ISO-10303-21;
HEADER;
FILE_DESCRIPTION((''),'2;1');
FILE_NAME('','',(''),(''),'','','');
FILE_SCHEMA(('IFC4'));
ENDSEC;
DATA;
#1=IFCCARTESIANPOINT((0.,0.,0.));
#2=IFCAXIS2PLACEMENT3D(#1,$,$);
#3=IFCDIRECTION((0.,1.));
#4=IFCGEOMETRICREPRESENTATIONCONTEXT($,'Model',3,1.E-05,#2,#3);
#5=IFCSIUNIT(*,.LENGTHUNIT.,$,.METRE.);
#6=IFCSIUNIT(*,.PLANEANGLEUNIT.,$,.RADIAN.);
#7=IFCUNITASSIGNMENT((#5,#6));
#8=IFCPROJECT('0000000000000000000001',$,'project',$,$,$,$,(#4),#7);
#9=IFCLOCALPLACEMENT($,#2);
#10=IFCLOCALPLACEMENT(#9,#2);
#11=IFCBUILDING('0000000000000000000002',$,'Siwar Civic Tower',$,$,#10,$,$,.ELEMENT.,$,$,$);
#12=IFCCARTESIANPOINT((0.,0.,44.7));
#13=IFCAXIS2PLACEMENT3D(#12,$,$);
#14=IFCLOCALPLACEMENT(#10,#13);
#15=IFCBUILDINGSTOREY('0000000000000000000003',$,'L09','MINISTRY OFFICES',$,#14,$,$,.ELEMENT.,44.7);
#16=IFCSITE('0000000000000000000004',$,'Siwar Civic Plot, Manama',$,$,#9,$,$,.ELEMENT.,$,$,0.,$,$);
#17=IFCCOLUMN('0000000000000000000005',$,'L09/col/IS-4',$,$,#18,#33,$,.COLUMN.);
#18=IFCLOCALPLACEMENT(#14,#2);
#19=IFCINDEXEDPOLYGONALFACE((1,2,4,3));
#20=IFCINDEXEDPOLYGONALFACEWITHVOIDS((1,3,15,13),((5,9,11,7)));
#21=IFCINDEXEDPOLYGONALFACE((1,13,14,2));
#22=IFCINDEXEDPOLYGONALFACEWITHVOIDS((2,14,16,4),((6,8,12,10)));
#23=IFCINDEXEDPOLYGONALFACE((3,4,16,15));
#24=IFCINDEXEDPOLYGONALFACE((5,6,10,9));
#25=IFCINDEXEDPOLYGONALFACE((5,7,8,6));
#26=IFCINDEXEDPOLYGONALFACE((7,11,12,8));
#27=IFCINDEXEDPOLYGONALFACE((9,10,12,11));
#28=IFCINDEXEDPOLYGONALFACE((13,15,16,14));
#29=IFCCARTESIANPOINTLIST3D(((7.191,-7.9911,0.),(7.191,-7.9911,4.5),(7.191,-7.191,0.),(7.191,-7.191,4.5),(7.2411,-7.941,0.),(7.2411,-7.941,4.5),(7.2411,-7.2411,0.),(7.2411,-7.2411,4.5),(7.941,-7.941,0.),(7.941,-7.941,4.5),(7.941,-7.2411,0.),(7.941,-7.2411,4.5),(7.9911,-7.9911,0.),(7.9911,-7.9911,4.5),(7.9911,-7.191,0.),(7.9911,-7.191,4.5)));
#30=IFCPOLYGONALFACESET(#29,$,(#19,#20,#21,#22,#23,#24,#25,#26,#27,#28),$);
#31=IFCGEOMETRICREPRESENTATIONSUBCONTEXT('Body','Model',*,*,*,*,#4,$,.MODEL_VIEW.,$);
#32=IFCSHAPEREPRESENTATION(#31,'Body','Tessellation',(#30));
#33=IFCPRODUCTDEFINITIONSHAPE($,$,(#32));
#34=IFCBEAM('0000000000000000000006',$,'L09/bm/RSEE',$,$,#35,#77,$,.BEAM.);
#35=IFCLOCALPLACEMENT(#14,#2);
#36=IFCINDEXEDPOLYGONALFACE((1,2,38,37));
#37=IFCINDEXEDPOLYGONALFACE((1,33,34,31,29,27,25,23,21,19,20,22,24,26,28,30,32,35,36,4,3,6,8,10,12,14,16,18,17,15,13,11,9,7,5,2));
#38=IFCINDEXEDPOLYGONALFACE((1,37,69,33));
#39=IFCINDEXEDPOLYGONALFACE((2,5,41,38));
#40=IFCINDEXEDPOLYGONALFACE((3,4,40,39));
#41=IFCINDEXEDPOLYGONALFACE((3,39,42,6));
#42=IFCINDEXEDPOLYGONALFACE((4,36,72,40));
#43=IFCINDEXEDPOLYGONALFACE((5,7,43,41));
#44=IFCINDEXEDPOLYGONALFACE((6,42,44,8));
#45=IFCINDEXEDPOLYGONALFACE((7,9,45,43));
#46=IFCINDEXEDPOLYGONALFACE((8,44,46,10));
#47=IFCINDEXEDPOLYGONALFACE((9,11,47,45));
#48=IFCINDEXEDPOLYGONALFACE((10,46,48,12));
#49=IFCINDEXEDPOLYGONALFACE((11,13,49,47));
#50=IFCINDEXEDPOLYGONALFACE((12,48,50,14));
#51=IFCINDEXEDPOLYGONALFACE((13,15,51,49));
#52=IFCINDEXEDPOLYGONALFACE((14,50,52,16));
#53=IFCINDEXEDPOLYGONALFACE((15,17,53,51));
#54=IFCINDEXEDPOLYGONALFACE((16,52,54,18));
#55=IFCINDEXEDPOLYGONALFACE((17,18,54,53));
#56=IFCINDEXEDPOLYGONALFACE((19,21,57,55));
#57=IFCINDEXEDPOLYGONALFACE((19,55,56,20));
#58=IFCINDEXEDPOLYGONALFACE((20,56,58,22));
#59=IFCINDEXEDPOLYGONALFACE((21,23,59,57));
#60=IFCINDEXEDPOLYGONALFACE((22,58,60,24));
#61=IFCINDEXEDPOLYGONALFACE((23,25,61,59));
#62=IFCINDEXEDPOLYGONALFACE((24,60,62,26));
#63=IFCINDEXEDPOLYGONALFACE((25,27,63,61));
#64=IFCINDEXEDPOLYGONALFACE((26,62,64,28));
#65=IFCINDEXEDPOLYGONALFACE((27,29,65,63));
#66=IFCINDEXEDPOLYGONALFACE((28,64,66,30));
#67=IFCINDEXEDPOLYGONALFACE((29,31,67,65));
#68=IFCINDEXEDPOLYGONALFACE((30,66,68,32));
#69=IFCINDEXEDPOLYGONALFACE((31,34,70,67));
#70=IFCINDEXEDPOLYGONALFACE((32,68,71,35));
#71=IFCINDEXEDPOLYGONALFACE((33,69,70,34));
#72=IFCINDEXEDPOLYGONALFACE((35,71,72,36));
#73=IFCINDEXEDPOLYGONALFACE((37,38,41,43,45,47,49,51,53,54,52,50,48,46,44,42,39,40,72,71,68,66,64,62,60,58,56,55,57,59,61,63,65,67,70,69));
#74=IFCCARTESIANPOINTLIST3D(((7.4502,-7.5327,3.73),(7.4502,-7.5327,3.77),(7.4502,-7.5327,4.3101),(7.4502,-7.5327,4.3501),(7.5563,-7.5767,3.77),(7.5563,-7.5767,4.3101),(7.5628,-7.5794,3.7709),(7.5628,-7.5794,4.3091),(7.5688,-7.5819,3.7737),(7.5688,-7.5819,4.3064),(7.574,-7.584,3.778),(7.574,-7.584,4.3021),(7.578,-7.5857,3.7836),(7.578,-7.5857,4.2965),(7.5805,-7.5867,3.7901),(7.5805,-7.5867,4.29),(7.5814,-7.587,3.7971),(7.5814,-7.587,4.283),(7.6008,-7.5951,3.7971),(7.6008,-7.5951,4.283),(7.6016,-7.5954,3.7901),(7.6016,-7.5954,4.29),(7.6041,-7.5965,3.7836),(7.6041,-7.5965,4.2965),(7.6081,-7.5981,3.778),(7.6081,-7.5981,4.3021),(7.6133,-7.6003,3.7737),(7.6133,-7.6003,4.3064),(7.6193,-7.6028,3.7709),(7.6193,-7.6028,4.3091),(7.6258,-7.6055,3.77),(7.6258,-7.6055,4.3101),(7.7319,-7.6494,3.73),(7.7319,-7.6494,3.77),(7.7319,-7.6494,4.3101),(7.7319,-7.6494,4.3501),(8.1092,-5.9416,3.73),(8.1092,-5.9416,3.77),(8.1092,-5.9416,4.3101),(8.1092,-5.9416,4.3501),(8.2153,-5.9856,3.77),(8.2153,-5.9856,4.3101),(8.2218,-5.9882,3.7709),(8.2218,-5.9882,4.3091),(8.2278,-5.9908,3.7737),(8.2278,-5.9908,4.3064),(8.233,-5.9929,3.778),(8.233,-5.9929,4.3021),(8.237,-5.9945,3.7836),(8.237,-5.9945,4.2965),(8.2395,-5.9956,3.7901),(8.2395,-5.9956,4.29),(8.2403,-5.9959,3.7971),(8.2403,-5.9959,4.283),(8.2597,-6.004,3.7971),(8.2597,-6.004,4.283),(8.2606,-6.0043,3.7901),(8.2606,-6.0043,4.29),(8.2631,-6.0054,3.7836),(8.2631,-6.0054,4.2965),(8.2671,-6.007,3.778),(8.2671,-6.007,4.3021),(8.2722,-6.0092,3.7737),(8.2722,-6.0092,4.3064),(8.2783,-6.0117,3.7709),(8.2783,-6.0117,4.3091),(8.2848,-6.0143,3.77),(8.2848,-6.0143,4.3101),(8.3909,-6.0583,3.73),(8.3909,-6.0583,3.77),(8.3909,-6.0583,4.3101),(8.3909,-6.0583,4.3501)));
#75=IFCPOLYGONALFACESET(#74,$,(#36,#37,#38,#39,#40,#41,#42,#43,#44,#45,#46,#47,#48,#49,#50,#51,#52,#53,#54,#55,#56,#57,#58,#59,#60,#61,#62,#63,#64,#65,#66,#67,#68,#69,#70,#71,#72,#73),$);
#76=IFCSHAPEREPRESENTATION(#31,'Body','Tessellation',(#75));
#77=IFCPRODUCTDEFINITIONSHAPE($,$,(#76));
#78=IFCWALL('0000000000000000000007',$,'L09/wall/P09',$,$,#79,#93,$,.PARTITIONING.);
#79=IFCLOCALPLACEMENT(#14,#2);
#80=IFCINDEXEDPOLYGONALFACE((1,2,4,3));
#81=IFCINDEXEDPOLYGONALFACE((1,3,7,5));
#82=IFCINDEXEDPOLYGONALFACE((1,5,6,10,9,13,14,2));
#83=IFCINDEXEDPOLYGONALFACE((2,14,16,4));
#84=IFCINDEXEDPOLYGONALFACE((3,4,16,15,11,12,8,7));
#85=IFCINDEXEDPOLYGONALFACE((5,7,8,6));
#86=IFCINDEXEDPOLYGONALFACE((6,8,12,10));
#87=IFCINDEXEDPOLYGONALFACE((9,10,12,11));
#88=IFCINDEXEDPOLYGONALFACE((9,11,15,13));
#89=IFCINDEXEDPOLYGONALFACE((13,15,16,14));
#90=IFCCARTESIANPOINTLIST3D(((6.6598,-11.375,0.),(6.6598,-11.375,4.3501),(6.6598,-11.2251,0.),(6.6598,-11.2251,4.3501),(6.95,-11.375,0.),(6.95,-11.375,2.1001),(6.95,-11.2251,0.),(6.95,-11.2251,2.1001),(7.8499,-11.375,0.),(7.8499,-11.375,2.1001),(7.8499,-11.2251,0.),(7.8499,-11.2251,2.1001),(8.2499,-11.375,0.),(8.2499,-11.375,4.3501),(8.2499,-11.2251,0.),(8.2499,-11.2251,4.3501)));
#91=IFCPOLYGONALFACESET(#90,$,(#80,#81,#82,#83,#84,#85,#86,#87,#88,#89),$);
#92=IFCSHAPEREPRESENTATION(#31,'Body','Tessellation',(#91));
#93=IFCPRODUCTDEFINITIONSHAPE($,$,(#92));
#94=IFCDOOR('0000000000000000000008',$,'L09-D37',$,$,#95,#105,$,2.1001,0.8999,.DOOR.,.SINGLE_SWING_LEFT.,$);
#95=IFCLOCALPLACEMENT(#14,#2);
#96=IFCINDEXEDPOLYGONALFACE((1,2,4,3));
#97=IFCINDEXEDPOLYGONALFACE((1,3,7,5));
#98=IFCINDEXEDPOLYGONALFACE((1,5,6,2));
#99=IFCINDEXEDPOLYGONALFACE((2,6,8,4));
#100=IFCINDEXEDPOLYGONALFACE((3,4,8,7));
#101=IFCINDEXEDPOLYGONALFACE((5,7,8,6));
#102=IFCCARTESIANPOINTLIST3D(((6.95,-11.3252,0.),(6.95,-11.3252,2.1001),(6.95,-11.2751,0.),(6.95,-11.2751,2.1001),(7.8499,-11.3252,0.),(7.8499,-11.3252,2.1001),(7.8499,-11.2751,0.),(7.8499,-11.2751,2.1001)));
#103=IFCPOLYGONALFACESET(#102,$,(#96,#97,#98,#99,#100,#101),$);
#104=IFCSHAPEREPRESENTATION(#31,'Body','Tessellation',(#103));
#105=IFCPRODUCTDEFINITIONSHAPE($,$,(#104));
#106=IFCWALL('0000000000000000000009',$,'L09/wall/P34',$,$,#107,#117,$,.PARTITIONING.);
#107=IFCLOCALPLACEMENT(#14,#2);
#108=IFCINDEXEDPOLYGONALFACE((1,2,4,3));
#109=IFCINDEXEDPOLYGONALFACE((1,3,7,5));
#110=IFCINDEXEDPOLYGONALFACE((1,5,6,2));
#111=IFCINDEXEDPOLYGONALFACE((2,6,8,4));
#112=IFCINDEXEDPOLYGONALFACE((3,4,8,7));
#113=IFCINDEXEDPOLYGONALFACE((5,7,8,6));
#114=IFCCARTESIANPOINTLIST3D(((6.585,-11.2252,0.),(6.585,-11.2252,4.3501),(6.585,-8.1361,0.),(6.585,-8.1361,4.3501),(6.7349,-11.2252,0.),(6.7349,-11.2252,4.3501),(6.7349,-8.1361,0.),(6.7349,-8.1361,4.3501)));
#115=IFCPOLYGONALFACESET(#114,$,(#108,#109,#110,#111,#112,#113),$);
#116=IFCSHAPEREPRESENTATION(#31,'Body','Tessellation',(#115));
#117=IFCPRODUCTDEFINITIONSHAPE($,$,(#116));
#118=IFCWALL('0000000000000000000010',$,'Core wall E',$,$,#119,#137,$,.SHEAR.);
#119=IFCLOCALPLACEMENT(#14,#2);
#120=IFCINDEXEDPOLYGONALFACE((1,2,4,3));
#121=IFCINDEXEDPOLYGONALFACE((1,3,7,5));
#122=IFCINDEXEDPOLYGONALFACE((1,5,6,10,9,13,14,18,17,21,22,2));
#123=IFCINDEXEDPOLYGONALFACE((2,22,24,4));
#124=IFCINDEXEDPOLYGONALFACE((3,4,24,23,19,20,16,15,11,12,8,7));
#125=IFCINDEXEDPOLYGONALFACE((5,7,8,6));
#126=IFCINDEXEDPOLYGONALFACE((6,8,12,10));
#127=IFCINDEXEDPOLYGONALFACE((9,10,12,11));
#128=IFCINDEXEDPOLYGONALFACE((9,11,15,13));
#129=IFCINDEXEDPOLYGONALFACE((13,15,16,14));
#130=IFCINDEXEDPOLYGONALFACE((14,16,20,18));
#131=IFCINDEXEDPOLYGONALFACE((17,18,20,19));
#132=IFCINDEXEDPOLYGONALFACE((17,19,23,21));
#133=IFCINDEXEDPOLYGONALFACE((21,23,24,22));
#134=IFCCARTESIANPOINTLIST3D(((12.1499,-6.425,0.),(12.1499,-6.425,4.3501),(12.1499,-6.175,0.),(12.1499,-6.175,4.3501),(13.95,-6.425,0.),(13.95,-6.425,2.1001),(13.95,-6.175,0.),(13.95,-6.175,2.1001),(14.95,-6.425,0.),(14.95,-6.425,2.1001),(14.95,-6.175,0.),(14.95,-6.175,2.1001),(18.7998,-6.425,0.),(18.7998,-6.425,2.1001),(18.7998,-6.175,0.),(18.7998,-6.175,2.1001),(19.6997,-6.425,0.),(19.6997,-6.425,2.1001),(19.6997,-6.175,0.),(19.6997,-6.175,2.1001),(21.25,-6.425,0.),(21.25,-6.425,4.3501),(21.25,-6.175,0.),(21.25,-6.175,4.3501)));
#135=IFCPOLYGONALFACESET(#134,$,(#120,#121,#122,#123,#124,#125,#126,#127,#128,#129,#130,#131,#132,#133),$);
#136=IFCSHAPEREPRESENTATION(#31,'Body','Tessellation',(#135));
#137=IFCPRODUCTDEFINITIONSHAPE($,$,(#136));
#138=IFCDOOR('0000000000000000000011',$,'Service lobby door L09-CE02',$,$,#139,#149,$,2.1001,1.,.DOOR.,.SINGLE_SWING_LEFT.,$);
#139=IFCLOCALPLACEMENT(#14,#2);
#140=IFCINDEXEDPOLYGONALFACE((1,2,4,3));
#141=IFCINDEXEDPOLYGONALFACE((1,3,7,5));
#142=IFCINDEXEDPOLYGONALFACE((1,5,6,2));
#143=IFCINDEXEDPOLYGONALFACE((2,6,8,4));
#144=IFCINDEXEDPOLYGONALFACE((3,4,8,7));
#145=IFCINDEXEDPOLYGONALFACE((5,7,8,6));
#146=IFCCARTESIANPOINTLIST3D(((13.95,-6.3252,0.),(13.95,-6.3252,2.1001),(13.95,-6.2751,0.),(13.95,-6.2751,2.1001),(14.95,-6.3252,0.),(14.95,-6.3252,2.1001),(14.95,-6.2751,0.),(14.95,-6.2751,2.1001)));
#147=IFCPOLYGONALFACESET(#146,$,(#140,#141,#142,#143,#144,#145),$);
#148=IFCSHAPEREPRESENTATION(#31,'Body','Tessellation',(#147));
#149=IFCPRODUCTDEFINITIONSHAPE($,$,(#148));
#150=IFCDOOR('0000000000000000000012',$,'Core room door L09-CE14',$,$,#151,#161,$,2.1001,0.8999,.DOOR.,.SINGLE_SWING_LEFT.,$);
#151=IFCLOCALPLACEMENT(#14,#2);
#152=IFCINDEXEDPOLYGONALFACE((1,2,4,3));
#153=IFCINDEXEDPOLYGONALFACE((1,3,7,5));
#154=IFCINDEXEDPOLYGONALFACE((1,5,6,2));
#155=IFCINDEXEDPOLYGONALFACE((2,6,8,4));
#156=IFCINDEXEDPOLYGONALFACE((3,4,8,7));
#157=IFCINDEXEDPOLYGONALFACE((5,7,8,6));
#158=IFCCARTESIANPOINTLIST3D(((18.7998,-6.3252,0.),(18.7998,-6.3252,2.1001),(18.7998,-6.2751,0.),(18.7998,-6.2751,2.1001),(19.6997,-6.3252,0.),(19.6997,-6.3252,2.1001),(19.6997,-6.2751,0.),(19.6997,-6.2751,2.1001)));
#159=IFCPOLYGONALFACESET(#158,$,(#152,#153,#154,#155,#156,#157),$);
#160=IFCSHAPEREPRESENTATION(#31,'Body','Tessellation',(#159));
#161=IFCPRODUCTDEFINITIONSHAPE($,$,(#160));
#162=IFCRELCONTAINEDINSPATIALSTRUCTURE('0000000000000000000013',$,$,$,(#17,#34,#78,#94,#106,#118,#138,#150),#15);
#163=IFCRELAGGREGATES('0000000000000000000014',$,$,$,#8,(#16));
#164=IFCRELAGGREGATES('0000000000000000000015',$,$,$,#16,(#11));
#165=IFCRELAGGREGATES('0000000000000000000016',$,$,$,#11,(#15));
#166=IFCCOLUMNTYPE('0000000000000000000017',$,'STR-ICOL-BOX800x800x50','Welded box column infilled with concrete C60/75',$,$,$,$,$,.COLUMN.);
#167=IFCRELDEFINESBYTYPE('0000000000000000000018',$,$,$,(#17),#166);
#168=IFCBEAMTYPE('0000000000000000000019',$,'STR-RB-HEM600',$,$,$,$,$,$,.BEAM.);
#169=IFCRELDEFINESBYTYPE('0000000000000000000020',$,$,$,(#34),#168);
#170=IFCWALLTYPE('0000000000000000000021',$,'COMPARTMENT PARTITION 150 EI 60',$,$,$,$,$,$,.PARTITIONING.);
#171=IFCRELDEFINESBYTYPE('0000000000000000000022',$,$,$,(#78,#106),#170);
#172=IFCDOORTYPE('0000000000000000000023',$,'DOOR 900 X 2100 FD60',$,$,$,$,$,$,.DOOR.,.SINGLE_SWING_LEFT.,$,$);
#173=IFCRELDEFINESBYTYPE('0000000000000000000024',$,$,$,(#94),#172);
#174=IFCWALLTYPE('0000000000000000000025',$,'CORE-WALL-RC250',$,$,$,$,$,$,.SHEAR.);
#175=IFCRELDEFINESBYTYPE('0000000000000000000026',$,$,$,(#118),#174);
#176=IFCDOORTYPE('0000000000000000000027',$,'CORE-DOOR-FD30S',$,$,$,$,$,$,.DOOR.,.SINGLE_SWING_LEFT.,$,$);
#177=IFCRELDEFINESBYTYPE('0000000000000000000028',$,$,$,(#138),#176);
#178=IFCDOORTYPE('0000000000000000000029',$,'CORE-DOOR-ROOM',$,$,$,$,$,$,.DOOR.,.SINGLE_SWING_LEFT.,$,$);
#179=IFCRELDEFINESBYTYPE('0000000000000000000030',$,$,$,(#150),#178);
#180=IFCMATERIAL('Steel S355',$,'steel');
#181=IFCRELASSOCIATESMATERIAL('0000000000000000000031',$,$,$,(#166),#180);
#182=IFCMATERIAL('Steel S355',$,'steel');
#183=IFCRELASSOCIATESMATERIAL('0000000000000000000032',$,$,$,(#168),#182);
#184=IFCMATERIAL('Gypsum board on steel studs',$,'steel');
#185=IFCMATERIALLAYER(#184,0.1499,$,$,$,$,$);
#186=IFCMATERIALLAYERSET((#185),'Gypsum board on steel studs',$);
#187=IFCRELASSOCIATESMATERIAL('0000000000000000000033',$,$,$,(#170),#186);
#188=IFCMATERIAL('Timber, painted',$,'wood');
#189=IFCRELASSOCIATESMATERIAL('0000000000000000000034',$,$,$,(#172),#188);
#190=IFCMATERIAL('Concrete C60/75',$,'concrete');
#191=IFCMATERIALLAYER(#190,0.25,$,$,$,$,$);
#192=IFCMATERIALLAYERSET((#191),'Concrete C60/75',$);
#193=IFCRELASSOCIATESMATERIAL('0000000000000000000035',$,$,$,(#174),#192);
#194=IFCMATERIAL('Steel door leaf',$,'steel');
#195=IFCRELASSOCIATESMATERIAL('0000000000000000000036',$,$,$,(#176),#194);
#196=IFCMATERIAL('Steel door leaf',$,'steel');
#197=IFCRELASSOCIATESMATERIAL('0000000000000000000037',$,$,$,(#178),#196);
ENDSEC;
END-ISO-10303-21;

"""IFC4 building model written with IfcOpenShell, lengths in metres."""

from ifc_helpers import new_model, si_unit, direction, frame, frame_2d, origin, origin_2d, place, context, subcontext, project, spatial, rectangle, hollow_rectangle, i_section, extrude, material, layer, layer_set, material_profile, profile_set, type_object, element, fill, save


model = new_model("IFC4")

# Units and contexts
model_context = context("Model", 3, precision=1e-05, world=origin(), true_north=direction((0.0, 1.0)))
body_context = subcontext(model_context, "Body", "Model", "MODEL_VIEW")
ifc_project = project(units=[si_unit("LENGTHUNIT", "METRE"), si_unit("PLANEANGLEUNIT", "RADIAN")], contexts=[model_context])

# Site, building, storey
site_placement = place(None, origin())
site = spatial("IfcSite", under=ifc_project, at=site_placement, Name="Siwar Civic Plot, Manama", CompositionType="ELEMENT", RefElevation=0.0)
building_placement = place(site_placement, origin())
building = spatial("IfcBuilding", under=site, at=building_placement, Name="Siwar Civic Tower", CompositionType="ELEMENT")
storey_placement = place(building_placement, frame((0.0, 0.0, 44.7)))
storey = spatial("IfcBuildingStorey", under=building, at=storey_placement, Name="L09", Description="MINISTRY OFFICES", CompositionType="ELEMENT", Elevation=44.7)

# Column
ifc_material_1 = material(Name="Steel S355", Category="steel")
ifc_material_profile_1 = material_profile(ifc_material_1, hollow_rectangle(XDim=0.8, YDim=0.8, WallThickness=0.05, at=origin_2d()), Name="BOX800x800x50")
ifc_profile_set_1 = profile_set([ifc_material_profile_1], Name="Steel S355")
column_type = type_object("IfcColumnType", Name="STR-ICOL-BOX800x800x50", Description="Welded box column infilled with concrete C60/75", PredefinedType="COLUMN", material=ifc_profile_set_1)
column_placement = place(storey_placement, frame((7.5911, -7.5911, 0.0), z_axis=(0.0, 0.0, 1.0), x_axis=(1.0, 0.0, 0.0)))
element("IfcColumn", 1, at=column_placement, inside=storey, type_object=column_type, Name="L09/col/IS-4", PredefinedType="COLUMN", context=body_context, shape_type="SweptSolid", body=[
    extrude(hollow_rectangle(XDim=0.8, YDim=0.8, WallThickness=0.05, at=origin_2d()), origin(), (0.0, 0.0, 1.0), 4.5),
])

# Beam
ifc_material_2 = material(Name="Steel S355", Category="steel")
ifc_material_profile_2 = material_profile(ifc_material_2, i_section(OverallWidth=0.3049, OverallDepth=0.6201, WebThickness=0.021, FlangeThickness=0.04, FilletRadius=0.0271, at=origin_2d()), Name="HEM600")
ifc_profile_set_2 = profile_set([ifc_material_profile_2], Name="Steel S355")
beam_type = type_object("IfcBeamType", Name="STR-RB-HEM600", PredefinedType="BEAM", material=ifc_profile_set_2)
beam_placement = place(storey_placement, frame((7.5911, -7.5911, 4.04), z_axis=(0.382631, 0.923901, 0.0), x_axis=(-0.923901, 0.382631, 0.0)))
element("IfcBeam", 2, at=beam_placement, inside=storey, type_object=beam_type, Name="L09/bm/RSEE", PredefinedType="BEAM", context=body_context, shape_type="SweptSolid", body=[
    extrude(i_section(OverallWidth=0.3049, OverallDepth=0.6201, WebThickness=0.021, FlangeThickness=0.04, FilletRadius=0.0271, at=origin_2d()), origin(), (0.0, 0.0, 1.0), 1.7222),
])

# Wall, opening, door
ifc_material_3 = material(Name="Gypsum board on steel studs", Category="steel")
ifc_layer_1 = layer(ifc_material_3, 0.1499)
ifc_layer_set_1 = layer_set([ifc_layer_1], Name="Gypsum board on steel studs")
wall_type_1 = type_object("IfcWallType", Name="COMPARTMENT PARTITION 150 EI 60", PredefinedType="PARTITIONING", material=ifc_layer_set_1)
wall_1_placement = place(storey_placement, frame((6.6599, -11.3, 0.0), z_axis=(0.0, 0.0, 1.0), x_axis=(1.0, 0.0, 0.0)))
wall_1 = element("IfcWall", 3, at=wall_1_placement, inside=storey, type_object=wall_type_1, Name="L09/wall/P09", PredefinedType="PARTITIONING", context=body_context, shape_type="SweptSolid", body=[
    extrude(rectangle(XDim=1.5901, YDim=0.1499, at=frame_2d((0.7949, 0.0))), origin(), (0.0, 0.0, 1.0), 4.3501),
])
opening_1_placement = place(wall_1_placement, frame((0.29, 0.0, 0.0)))
opening_1 = element("IfcOpeningElement", 4, at=opening_1_placement, cuts=wall_1, PredefinedType="OPENING", context=body_context, shape_type="SweptSolid", body=[
    extrude(rectangle(XDim=0.8999, YDim=2.1001, at=frame_2d((0.45, 1.05))), frame((0.0, 0.085, 0.0), z_axis=(0.0, -1.0, 0.0), x_axis=(1.0, 0.0, 0.0)), (0.0, 0.0, 1.0), 0.1699),
])
ifc_material_4 = material(Name="Timber, painted", Category="wood")
door_type_1 = type_object("IfcDoorType", Name="DOOR 900 X 2100 FD60", OperationType="SINGLE_SWING_LEFT", PredefinedType="DOOR", material=ifc_material_4)
door_1_placement = place(opening_1_placement, origin())
door_1 = element("IfcDoor", 5, at=door_1_placement, inside=storey, type_object=door_type_1, Name="L09-D37", OperationType="SINGLE_SWING_LEFT", OverallHeight=2.1001, OverallWidth=0.8999, PredefinedType="DOOR", context=body_context, shape_type="SweptSolid", body=[
    extrude(rectangle(XDim=0.8999, YDim=2.1001, at=frame_2d((0.45, 1.05))), frame((0.0, 0.0249, 0.0), z_axis=(0.0, -1.0, 0.0), x_axis=(1.0, 0.0, 0.0)), (0.0, 0.0, 1.0), 0.05),
])
fill(opening_1, door_1)

# Wall
wall_2_placement = place(storey_placement, frame((6.6599, -11.2251, 0.0), z_axis=(0.0, 0.0, 1.0), x_axis=(0.0, 1.0, 0.0)))
element("IfcWall", 6, at=wall_2_placement, inside=storey, type_object=wall_type_1, Name="L09/wall/P34", PredefinedType="PARTITIONING", context=body_context, shape_type="SweptSolid", body=[
    extrude(rectangle(XDim=3.0891, YDim=0.1499, at=frame_2d((1.5444, 0.0))), origin(), (0.0, 0.0, 1.0), 4.3501),
])

# Wall, openings, doors
ifc_material_5 = material(Name="Concrete C60/75", Category="concrete")
ifc_layer_2 = layer(ifc_material_5, 0.25)
ifc_layer_set_2 = layer_set([ifc_layer_2], Name="Concrete C60/75")
wall_type_2 = type_object("IfcWallType", Name="CORE-WALL-RC250", PredefinedType="SHEAR", material=ifc_layer_set_2)
wall_3_placement = place(storey_placement, frame((12.1499, -6.3, 0.0), z_axis=(0.0, 0.0, 1.0), x_axis=(1.0, 0.0, 0.0)))
wall_3 = element("IfcWall", 7, at=wall_3_placement, inside=storey, type_object=wall_type_2, Name="Core wall E", PredefinedType="SHEAR", context=body_context, shape_type="SweptSolid", body=[
    extrude(rectangle(XDim=9.1001, YDim=0.25, at=frame_2d((4.55, 0.0))), origin(), (0.0, 0.0, 1.0), 4.3501),
])
opening_2_placement = place(wall_3_placement, frame((1.8, 0.0, 0.0)))
opening_2 = element("IfcOpeningElement", 8, at=opening_2_placement, cuts=wall_3, PredefinedType="OPENING", context=body_context, shape_type="SweptSolid", body=[
    extrude(rectangle(XDim=1.0, YDim=2.1001, at=frame_2d((0.5, 1.05))), frame((0.0, 0.135, 0.0), z_axis=(0.0, -1.0, 0.0), x_axis=(1.0, 0.0, 0.0)), (0.0, 0.0, 1.0), 0.27),
])
opening_3_placement = place(wall_3_placement, frame((6.6499, 0.0, 0.0)))
opening_3 = element("IfcOpeningElement", 9, at=opening_3_placement, cuts=wall_3, PredefinedType="OPENING", context=body_context, shape_type="SweptSolid", body=[
    extrude(rectangle(XDim=0.8999, YDim=2.1001, at=frame_2d((0.45, 1.05))), frame((0.0, 0.135, 0.0), z_axis=(0.0, -1.0, 0.0), x_axis=(1.0, 0.0, 0.0)), (0.0, 0.0, 1.0), 0.27),
])
ifc_material_6 = material(Name="Steel door leaf", Category="steel")
door_type_2 = type_object("IfcDoorType", Name="CORE-DOOR-FD30S", OperationType="SINGLE_SWING_LEFT", PredefinedType="DOOR", material=ifc_material_6)
door_2_placement = place(opening_2_placement, origin())
door_2 = element("IfcDoor", 10, at=door_2_placement, inside=storey, type_object=door_type_2, Name="Service lobby door L09-CE02", OperationType="SINGLE_SWING_LEFT", OverallHeight=2.1001, OverallWidth=1.0, PredefinedType="DOOR", context=body_context, shape_type="SweptSolid", body=[
    extrude(rectangle(XDim=1.0, YDim=2.1001, at=frame_2d((0.5, 1.05))), frame((0.0, 0.0249, 0.0), z_axis=(0.0, -1.0, 0.0), x_axis=(1.0, 0.0, 0.0)), (0.0, 0.0, 1.0), 0.05),
])
fill(opening_2, door_2)
ifc_material_7 = material(Name="Steel door leaf", Category="steel")
door_type_3 = type_object("IfcDoorType", Name="CORE-DOOR-ROOM", OperationType="SINGLE_SWING_LEFT", PredefinedType="DOOR", material=ifc_material_7)
door_3_placement = place(opening_3_placement, origin())
door_3 = element("IfcDoor", 11, at=door_3_placement, inside=storey, type_object=door_type_3, Name="Core room door L09-CE14", OperationType="SINGLE_SWING_LEFT", OverallHeight=2.1001, OverallWidth=0.8999, PredefinedType="DOOR", context=body_context, shape_type="SweptSolid", body=[
    extrude(rectangle(XDim=0.8999, YDim=2.1001, at=frame_2d((0.45, 1.05))), frame((0.0, 0.0249, 0.0), z_axis=(0.0, -1.0, 0.0), x_axis=(1.0, 0.0, 0.0)), (0.0, 0.0, 1.0), 0.05),
])
fill(opening_3, door_3)

save(model, "model.ifc")
